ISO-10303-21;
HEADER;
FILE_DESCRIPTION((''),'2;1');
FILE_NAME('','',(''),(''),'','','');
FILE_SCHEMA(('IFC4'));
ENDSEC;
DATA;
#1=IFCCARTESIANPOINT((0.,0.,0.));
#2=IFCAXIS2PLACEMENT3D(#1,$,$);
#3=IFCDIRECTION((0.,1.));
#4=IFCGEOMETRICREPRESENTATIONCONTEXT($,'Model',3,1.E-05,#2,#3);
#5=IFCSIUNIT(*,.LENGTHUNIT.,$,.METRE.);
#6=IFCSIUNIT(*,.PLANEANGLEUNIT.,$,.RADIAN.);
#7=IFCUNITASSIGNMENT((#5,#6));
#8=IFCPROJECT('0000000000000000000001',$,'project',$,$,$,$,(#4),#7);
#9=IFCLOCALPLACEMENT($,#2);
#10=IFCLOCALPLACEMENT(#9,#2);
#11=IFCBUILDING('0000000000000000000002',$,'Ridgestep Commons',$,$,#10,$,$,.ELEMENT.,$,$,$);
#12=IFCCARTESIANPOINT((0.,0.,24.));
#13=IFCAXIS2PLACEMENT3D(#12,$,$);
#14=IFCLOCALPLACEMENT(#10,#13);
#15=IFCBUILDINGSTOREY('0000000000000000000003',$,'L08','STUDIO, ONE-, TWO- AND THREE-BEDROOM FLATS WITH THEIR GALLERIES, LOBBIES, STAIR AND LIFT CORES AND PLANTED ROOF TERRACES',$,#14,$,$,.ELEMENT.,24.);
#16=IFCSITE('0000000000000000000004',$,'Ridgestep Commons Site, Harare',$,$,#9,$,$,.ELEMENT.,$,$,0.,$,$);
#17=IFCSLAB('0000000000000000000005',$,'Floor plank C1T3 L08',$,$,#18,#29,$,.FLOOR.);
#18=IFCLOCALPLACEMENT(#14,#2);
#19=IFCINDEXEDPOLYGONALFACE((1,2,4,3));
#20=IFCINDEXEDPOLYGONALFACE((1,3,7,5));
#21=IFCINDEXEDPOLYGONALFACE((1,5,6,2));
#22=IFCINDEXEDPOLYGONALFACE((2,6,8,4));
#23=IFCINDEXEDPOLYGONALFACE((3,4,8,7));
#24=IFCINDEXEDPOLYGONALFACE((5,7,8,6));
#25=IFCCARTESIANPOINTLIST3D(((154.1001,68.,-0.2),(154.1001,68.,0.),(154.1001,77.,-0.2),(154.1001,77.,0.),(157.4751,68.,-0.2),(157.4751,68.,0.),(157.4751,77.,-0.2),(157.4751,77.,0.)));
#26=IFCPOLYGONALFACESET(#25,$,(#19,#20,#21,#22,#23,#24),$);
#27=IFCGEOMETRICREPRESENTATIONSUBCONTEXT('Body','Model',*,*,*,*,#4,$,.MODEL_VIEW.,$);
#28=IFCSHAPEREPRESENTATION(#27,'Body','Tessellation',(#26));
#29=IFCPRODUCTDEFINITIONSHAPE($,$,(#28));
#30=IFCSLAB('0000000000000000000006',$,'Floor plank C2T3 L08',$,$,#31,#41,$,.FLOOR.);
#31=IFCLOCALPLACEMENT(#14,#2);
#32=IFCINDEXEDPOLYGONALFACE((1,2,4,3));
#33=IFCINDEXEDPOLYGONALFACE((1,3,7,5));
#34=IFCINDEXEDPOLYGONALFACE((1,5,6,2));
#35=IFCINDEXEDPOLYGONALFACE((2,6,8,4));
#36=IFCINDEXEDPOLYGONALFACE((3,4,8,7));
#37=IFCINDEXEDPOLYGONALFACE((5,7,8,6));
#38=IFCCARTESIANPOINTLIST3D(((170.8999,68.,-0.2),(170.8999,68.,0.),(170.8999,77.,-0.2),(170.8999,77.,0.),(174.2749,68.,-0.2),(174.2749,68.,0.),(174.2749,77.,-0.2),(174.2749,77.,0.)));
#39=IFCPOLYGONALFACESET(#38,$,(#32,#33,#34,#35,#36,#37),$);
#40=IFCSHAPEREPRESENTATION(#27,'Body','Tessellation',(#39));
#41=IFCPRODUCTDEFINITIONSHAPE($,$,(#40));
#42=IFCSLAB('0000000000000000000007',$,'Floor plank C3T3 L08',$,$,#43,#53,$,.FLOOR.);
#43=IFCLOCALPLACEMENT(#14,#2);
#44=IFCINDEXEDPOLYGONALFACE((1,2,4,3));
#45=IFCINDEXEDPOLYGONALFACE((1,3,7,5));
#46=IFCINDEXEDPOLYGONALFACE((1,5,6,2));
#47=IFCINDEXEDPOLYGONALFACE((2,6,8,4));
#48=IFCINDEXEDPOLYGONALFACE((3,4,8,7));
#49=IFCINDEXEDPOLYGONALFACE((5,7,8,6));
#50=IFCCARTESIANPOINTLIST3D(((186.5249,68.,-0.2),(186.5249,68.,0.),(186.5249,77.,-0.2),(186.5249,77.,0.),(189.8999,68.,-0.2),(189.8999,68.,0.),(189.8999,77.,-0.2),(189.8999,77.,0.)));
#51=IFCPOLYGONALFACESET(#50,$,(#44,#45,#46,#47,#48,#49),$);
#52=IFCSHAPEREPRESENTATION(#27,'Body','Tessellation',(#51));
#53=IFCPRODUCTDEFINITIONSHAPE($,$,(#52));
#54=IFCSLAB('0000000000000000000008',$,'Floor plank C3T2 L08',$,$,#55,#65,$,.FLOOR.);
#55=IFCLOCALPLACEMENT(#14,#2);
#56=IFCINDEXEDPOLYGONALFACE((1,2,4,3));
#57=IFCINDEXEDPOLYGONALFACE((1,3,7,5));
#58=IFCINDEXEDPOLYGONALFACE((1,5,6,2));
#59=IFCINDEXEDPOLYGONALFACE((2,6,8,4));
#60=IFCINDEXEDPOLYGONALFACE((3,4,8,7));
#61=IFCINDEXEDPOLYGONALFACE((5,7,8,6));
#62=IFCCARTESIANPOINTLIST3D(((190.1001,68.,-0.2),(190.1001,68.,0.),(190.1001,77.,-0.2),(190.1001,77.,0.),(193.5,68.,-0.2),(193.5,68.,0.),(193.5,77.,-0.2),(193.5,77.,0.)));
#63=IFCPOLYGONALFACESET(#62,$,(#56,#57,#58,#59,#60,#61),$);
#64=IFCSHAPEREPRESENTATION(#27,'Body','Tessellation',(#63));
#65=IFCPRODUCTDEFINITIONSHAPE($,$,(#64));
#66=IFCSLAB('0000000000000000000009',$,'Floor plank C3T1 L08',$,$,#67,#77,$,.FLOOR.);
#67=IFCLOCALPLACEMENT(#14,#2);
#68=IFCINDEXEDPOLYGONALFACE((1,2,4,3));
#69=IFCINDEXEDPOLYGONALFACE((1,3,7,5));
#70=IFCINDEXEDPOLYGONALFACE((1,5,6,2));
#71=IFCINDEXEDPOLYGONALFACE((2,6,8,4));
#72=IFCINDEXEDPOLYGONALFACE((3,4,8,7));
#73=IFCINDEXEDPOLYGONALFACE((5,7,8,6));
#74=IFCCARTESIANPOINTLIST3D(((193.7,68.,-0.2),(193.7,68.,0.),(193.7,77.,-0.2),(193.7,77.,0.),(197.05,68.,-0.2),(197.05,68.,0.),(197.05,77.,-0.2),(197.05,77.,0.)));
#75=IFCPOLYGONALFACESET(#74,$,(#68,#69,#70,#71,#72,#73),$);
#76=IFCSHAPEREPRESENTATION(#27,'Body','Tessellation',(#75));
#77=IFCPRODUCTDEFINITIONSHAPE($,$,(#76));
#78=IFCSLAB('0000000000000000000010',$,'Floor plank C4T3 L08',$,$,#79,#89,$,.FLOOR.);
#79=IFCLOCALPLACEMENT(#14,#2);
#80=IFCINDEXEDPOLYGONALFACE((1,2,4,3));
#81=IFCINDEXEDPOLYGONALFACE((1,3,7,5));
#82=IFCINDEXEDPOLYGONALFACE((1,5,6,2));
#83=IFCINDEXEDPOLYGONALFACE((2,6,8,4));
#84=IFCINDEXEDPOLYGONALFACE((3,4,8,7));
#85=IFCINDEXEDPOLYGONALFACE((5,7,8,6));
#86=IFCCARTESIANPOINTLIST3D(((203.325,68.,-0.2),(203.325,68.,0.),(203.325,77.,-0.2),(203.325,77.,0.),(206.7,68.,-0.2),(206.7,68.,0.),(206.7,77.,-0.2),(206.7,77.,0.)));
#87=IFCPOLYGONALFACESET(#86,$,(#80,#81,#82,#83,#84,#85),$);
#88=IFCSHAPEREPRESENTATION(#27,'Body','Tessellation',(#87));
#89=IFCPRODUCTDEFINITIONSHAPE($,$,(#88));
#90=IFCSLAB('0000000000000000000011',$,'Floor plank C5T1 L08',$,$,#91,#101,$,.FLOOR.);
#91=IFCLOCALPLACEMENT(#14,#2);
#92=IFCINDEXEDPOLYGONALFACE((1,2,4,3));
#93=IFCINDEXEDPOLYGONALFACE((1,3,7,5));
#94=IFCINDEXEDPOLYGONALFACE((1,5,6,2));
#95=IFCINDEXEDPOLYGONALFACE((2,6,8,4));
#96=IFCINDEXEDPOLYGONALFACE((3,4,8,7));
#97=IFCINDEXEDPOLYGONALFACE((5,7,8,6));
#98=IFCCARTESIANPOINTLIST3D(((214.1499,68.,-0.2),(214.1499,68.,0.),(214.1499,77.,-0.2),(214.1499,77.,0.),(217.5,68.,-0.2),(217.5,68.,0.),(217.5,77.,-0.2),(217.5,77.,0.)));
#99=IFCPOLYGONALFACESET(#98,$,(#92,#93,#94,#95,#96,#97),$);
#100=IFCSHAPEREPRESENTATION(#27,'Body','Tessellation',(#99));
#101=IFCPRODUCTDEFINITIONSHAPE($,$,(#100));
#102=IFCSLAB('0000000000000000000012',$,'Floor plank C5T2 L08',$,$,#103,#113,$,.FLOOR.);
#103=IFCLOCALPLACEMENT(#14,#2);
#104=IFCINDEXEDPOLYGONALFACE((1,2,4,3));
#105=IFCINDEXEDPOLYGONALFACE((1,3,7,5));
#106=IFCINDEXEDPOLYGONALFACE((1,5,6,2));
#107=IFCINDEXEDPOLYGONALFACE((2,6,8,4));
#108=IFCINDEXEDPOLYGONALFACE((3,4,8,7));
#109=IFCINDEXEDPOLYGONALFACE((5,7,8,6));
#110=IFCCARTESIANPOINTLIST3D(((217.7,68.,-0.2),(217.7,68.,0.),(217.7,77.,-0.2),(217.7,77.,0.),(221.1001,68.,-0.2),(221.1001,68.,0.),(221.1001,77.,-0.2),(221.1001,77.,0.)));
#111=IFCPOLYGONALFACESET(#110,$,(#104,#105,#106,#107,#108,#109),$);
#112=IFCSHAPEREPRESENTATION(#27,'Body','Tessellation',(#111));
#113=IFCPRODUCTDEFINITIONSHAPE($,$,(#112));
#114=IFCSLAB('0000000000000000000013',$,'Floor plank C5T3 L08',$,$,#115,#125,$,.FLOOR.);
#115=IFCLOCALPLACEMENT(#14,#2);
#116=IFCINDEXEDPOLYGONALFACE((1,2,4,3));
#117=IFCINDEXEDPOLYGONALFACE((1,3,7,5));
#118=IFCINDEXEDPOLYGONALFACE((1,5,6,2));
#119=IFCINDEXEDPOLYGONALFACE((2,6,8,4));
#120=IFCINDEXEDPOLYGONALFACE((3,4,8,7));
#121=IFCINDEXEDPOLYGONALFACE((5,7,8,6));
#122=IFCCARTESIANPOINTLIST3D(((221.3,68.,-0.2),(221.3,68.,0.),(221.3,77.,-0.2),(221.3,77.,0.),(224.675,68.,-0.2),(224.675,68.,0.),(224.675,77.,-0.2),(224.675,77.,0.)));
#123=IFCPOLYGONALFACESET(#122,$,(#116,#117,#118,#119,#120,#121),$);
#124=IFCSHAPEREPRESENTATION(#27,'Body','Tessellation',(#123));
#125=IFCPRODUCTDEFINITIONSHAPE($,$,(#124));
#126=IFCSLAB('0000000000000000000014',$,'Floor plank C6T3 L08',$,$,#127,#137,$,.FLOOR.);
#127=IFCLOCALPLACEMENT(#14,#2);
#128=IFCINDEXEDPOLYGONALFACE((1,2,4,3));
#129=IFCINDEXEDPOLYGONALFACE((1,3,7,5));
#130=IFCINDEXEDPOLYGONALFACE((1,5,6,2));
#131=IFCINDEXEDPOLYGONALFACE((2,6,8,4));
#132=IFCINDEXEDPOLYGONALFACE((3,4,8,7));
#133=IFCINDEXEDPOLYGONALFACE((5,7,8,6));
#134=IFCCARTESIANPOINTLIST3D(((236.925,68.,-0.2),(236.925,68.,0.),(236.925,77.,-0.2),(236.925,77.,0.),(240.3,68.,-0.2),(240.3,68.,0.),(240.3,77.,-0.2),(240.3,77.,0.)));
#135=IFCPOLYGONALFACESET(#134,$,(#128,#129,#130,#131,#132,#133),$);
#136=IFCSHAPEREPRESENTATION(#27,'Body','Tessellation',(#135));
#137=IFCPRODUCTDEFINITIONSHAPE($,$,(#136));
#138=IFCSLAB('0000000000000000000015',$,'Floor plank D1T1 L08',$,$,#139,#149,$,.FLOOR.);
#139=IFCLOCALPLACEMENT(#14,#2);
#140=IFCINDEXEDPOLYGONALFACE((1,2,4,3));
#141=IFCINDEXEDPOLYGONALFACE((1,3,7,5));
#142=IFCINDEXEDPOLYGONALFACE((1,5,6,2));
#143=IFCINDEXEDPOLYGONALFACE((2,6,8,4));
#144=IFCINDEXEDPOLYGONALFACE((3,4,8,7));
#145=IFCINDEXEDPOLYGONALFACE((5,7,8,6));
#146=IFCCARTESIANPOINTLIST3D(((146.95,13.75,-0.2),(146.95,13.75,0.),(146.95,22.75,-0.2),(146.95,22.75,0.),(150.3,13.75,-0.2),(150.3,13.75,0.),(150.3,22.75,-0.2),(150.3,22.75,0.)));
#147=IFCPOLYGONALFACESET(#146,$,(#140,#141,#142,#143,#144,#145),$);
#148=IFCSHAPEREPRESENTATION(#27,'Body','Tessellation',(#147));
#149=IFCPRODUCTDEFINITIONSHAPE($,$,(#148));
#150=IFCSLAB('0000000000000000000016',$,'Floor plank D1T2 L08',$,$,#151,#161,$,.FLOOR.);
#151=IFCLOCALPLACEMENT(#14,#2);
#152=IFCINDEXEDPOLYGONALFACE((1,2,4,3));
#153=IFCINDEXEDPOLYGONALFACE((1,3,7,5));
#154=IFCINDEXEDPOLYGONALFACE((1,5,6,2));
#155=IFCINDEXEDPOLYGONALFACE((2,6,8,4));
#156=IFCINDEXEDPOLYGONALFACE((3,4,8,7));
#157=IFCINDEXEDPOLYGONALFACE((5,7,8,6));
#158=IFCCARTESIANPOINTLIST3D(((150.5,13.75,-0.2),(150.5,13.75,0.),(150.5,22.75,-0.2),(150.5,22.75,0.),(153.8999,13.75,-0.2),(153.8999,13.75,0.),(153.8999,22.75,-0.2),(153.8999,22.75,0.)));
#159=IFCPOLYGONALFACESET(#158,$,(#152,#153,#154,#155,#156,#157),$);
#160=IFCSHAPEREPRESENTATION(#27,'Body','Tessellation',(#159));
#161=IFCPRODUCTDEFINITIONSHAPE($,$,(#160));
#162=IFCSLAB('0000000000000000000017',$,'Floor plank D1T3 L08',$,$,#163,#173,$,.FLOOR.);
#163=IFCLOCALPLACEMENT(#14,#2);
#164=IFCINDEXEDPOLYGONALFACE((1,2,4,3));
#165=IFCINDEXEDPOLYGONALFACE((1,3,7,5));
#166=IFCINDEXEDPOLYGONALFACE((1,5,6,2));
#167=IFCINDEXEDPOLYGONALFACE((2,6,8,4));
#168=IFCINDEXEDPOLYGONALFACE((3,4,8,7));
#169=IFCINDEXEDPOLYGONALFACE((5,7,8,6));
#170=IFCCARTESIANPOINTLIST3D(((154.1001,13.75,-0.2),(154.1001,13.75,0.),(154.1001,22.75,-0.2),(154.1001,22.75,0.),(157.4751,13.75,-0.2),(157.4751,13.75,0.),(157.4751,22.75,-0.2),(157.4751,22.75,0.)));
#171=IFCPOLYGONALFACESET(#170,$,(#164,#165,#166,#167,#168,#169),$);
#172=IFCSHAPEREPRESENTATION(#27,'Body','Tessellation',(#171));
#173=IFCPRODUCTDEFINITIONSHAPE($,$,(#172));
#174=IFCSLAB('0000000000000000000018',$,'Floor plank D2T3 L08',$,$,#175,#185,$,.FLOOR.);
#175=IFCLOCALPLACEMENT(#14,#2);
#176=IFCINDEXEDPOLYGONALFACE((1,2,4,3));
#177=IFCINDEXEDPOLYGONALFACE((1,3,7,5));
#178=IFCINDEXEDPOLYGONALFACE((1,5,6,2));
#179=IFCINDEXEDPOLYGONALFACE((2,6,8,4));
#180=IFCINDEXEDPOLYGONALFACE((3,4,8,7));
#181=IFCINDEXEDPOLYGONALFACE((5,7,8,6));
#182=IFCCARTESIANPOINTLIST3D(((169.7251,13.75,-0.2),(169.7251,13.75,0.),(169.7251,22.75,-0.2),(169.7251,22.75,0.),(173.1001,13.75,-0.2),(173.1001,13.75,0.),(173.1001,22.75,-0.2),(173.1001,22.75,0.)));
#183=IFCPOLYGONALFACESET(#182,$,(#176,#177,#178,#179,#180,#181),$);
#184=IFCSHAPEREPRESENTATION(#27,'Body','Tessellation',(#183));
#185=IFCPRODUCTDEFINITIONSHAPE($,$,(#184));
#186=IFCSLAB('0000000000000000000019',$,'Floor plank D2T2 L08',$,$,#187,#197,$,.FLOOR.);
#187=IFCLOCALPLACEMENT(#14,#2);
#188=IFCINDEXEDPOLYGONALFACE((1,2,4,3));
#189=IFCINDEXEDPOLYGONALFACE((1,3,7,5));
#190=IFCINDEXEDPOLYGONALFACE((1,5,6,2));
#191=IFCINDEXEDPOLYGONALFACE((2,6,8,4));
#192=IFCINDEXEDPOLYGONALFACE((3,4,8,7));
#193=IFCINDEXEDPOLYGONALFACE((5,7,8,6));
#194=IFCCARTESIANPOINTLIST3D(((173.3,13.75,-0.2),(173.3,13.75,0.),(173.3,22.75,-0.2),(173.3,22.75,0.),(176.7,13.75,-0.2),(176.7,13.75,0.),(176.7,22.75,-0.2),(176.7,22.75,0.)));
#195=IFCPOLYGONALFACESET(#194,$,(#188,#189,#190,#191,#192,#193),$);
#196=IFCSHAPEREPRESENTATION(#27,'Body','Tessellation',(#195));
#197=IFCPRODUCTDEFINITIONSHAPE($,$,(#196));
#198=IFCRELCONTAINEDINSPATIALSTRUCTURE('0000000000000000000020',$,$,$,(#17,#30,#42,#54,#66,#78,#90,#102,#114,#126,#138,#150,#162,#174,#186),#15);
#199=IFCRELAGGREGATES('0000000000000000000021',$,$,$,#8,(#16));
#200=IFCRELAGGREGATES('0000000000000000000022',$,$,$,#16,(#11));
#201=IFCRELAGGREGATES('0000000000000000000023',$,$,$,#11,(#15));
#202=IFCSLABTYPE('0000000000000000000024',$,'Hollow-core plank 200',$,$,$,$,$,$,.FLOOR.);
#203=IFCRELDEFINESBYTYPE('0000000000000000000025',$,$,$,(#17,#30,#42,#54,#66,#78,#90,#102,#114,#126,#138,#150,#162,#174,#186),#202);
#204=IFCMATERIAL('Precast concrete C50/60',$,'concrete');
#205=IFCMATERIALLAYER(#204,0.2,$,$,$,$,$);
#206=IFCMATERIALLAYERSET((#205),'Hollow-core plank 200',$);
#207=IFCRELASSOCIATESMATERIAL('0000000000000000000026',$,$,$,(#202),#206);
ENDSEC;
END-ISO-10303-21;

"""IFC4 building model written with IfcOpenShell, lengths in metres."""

from ifc_helpers import new_model, si_unit, direction, frame, origin, place, context, subcontext, project, spatial, polyline, outline, extrude, material, layer, layer_set, type_object, element, save


model = new_model("IFC4")

# Units and contexts
model_context = context("Model", 3, precision=1e-05, world=origin(), true_north=direction((0.0, 1.0)))
body_context = subcontext(model_context, "Body", "Model", "MODEL_VIEW")
ifc_project = project(units=[si_unit("LENGTHUNIT", "METRE"), si_unit("PLANEANGLEUNIT", "RADIAN")], contexts=[model_context])

# Site, building, storey
site_placement = place(None, origin())
site = spatial("IfcSite", under=ifc_project, at=site_placement, Name="Ridgestep Commons Site, Harare", CompositionType="ELEMENT", RefElevation=0.0)
building_placement = place(site_placement, origin())
building = spatial("IfcBuilding", under=site, at=building_placement, Name="Ridgestep Commons", CompositionType="ELEMENT")
storey_placement = place(building_placement, frame((0.0, 0.0, 24.0)))
storey = spatial("IfcBuildingStorey", under=building, at=storey_placement, Name="L08", Description="STUDIO, ONE-, TWO- AND THREE-BEDROOM FLATS WITH THEIR GALLERIES, LOBBIES, STAIR AND LIFT CORES AND PLANTED ROOF TERRACES", CompositionType="ELEMENT", Elevation=24.0)

# Slabs
ifc_material_1 = material(Name="Precast concrete C50/60", Category="concrete")
ifc_layer_1 = layer(ifc_material_1, 0.2)
ifc_layer_set_1 = layer_set([ifc_layer_1], Name="Hollow-core plank 200")
slab_type_1 = type_object("IfcSlabType", Name="Hollow-core plank 200", PredefinedType="FLOOR", material=ifc_layer_set_1)
slab_1_placement = place(storey_placement, frame((0.0, 0.0, -0.2)))
element("IfcSlab", 1, at=slab_1_placement, inside=storey, type_object=slab_type_1, Name="Floor plank C1T3 L08", PredefinedType="FLOOR", context=body_context, shape_type="SweptSolid", body=[
    extrude(outline(polyline([(157.4751, 68.0), (157.4751, 77.0), (154.1001, 77.0), (154.1001, 68.0), (157.4751, 68.0)])), origin(), (0.0, 0.0, 1.0), 0.2),
])
slab_2_placement = place(storey_placement, frame((0.0, 0.0, -0.2)))
element("IfcSlab", 2, at=slab_2_placement, inside=storey, type_object=slab_type_1, Name="Floor plank C2T3 L08", PredefinedType="FLOOR", context=body_context, shape_type="SweptSolid", body=[
    extrude(outline(polyline([(174.2749, 68.0), (174.2749, 77.0), (170.8999, 77.0), (170.8999, 68.0), (174.2749, 68.0)])), origin(), (0.0, 0.0, 1.0), 0.2),
])
slab_3_placement = place(storey_placement, frame((0.0, 0.0, -0.2)))
element("IfcSlab", 3, at=slab_3_placement, inside=storey, type_object=slab_type_1, Name="Floor plank C3T3 L08", PredefinedType="FLOOR", context=body_context, shape_type="SweptSolid", body=[
    extrude(outline(polyline([(189.8999, 68.0), (189.8999, 77.0), (186.5249, 77.0), (186.5249, 68.0), (189.8999, 68.0)])), origin(), (0.0, 0.0, 1.0), 0.2),
])
slab_4_placement = place(storey_placement, frame((0.0, 0.0, -0.2)))
element("IfcSlab", 4, at=slab_4_placement, inside=storey, type_object=slab_type_1, Name="Floor plank C3T2 L08", PredefinedType="FLOOR", context=body_context, shape_type="SweptSolid", body=[
    extrude(outline(polyline([(193.5, 68.0), (193.5, 77.0), (190.1001, 77.0), (190.1001, 68.0), (193.5, 68.0)])), origin(), (0.0, 0.0, 1.0), 0.2),
])
slab_5_placement = place(storey_placement, frame((0.0, 0.0, -0.2)))
element("IfcSlab", 5, at=slab_5_placement, inside=storey, type_object=slab_type_1, Name="Floor plank C3T1 L08", PredefinedType="FLOOR", context=body_context, shape_type="SweptSolid", body=[
    extrude(outline(polyline([(197.05, 68.0), (197.05, 77.0), (193.7, 77.0), (193.7, 68.0), (197.05, 68.0)])), origin(), (0.0, 0.0, 1.0), 0.2),
])
slab_6_placement = place(storey_placement, frame((0.0, 0.0, -0.2)))
element("IfcSlab", 6, at=slab_6_placement, inside=storey, type_object=slab_type_1, Name="Floor plank C4T3 L08", PredefinedType="FLOOR", context=body_context, shape_type="SweptSolid", body=[
    extrude(outline(polyline([(206.7, 68.0), (206.7, 77.0), (203.325, 77.0), (203.325, 68.0), (206.7, 68.0)])), origin(), (0.0, 0.0, 1.0), 0.2),
])
slab_7_placement = place(storey_placement, frame((0.0, 0.0, -0.2)))
element("IfcSlab", 7, at=slab_7_placement, inside=storey, type_object=slab_type_1, Name="Floor plank C5T1 L08", PredefinedType="FLOOR", context=body_context, shape_type="SweptSolid", body=[
    extrude(outline(polyline([(217.5, 68.0), (217.5, 77.0), (214.1499, 77.0), (214.1499, 68.0), (217.5, 68.0)])), origin(), (0.0, 0.0, 1.0), 0.2),
])
slab_8_placement = place(storey_placement, frame((0.0, 0.0, -0.2)))
element("IfcSlab", 8, at=slab_8_placement, inside=storey, type_object=slab_type_1, Name="Floor plank C5T2 L08", PredefinedType="FLOOR", context=body_context, shape_type="SweptSolid", body=[
    extrude(outline(polyline([(221.1001, 68.0), (221.1001, 77.0), (217.7, 77.0), (217.7, 68.0), (221.1001, 68.0)])), origin(), (0.0, 0.0, 1.0), 0.2),
])
slab_9_placement = place(storey_placement, frame((0.0, 0.0, -0.2)))
element("IfcSlab", 9, at=slab_9_placement, inside=storey, type_object=slab_type_1, Name="Floor plank C5T3 L08", PredefinedType="FLOOR", context=body_context, shape_type="SweptSolid", body=[
    extrude(outline(polyline([(224.675, 68.0), (224.675, 77.0), (221.3, 77.0), (221.3, 68.0), (224.675, 68.0)])), origin(), (0.0, 0.0, 1.0), 0.2),
])
slab_10_placement = place(storey_placement, frame((0.0, 0.0, -0.2)))
element("IfcSlab", 10, at=slab_10_placement, inside=storey, type_object=slab_type_1, Name="Floor plank C6T3 L08", PredefinedType="FLOOR", context=body_context, shape_type="SweptSolid", body=[
    extrude(outline(polyline([(240.3, 68.0), (240.3, 77.0), (236.925, 77.0), (236.925, 68.0), (240.3, 68.0)])), origin(), (0.0, 0.0, 1.0), 0.2),
])
slab_11_placement = place(storey_placement, frame((0.0, 0.0, -0.2)))
element("IfcSlab", 11, at=slab_11_placement, inside=storey, type_object=slab_type_1, Name="Floor plank D1T1 L08", PredefinedType="FLOOR", context=body_context, shape_type="SweptSolid", body=[
    extrude(outline(polyline([(150.3, 13.75), (150.3, 22.75), (146.95, 22.75), (146.95, 13.75), (150.3, 13.75)])), origin(), (0.0, 0.0, 1.0), 0.2),
])
slab_12_placement = place(storey_placement, frame((0.0, 0.0, -0.2)))
element("IfcSlab", 12, at=slab_12_placement, inside=storey, type_object=slab_type_1, Name="Floor plank D1T2 L08", PredefinedType="FLOOR", context=body_context, shape_type="SweptSolid", body=[
    extrude(outline(polyline([(153.8999, 13.75), (153.8999, 22.75), (150.5, 22.75), (150.5, 13.75), (153.8999, 13.75)])), origin(), (0.0, 0.0, 1.0), 0.2),
])
slab_13_placement = place(storey_placement, frame((0.0, 0.0, -0.2)))
element("IfcSlab", 13, at=slab_13_placement, inside=storey, type_object=slab_type_1, Name="Floor plank D1T3 L08", PredefinedType="FLOOR", context=body_context, shape_type="SweptSolid", body=[
    extrude(outline(polyline([(157.4751, 13.75), (157.4751, 22.75), (154.1001, 22.75), (154.1001, 13.75), (157.4751, 13.75)])), origin(), (0.0, 0.0, 1.0), 0.2),
])
slab_14_placement = place(storey_placement, frame((0.0, 0.0, -0.2)))
element("IfcSlab", 14, at=slab_14_placement, inside=storey, type_object=slab_type_1, Name="Floor plank D2T3 L08", PredefinedType="FLOOR", context=body_context, shape_type="SweptSolid", body=[
    extrude(outline(polyline([(173.1001, 13.75), (173.1001, 22.75), (169.7251, 22.75), (169.7251, 13.75), (173.1001, 13.75)])), origin(), (0.0, 0.0, 1.0), 0.2),
])
slab_15_placement = place(storey_placement, frame((0.0, 0.0, -0.2)))
element("IfcSlab", 15, at=slab_15_placement, inside=storey, type_object=slab_type_1, Name="Floor plank D2T2 L08", PredefinedType="FLOOR", context=body_context, shape_type="SweptSolid", body=[
    extrude(outline(polyline([(176.7, 13.75), (176.7, 22.75), (173.3, 22.75), (173.3, 13.75), (176.7, 13.75)])), origin(), (0.0, 0.0, 1.0), 0.2),
])

save(model, "model.ifc")
